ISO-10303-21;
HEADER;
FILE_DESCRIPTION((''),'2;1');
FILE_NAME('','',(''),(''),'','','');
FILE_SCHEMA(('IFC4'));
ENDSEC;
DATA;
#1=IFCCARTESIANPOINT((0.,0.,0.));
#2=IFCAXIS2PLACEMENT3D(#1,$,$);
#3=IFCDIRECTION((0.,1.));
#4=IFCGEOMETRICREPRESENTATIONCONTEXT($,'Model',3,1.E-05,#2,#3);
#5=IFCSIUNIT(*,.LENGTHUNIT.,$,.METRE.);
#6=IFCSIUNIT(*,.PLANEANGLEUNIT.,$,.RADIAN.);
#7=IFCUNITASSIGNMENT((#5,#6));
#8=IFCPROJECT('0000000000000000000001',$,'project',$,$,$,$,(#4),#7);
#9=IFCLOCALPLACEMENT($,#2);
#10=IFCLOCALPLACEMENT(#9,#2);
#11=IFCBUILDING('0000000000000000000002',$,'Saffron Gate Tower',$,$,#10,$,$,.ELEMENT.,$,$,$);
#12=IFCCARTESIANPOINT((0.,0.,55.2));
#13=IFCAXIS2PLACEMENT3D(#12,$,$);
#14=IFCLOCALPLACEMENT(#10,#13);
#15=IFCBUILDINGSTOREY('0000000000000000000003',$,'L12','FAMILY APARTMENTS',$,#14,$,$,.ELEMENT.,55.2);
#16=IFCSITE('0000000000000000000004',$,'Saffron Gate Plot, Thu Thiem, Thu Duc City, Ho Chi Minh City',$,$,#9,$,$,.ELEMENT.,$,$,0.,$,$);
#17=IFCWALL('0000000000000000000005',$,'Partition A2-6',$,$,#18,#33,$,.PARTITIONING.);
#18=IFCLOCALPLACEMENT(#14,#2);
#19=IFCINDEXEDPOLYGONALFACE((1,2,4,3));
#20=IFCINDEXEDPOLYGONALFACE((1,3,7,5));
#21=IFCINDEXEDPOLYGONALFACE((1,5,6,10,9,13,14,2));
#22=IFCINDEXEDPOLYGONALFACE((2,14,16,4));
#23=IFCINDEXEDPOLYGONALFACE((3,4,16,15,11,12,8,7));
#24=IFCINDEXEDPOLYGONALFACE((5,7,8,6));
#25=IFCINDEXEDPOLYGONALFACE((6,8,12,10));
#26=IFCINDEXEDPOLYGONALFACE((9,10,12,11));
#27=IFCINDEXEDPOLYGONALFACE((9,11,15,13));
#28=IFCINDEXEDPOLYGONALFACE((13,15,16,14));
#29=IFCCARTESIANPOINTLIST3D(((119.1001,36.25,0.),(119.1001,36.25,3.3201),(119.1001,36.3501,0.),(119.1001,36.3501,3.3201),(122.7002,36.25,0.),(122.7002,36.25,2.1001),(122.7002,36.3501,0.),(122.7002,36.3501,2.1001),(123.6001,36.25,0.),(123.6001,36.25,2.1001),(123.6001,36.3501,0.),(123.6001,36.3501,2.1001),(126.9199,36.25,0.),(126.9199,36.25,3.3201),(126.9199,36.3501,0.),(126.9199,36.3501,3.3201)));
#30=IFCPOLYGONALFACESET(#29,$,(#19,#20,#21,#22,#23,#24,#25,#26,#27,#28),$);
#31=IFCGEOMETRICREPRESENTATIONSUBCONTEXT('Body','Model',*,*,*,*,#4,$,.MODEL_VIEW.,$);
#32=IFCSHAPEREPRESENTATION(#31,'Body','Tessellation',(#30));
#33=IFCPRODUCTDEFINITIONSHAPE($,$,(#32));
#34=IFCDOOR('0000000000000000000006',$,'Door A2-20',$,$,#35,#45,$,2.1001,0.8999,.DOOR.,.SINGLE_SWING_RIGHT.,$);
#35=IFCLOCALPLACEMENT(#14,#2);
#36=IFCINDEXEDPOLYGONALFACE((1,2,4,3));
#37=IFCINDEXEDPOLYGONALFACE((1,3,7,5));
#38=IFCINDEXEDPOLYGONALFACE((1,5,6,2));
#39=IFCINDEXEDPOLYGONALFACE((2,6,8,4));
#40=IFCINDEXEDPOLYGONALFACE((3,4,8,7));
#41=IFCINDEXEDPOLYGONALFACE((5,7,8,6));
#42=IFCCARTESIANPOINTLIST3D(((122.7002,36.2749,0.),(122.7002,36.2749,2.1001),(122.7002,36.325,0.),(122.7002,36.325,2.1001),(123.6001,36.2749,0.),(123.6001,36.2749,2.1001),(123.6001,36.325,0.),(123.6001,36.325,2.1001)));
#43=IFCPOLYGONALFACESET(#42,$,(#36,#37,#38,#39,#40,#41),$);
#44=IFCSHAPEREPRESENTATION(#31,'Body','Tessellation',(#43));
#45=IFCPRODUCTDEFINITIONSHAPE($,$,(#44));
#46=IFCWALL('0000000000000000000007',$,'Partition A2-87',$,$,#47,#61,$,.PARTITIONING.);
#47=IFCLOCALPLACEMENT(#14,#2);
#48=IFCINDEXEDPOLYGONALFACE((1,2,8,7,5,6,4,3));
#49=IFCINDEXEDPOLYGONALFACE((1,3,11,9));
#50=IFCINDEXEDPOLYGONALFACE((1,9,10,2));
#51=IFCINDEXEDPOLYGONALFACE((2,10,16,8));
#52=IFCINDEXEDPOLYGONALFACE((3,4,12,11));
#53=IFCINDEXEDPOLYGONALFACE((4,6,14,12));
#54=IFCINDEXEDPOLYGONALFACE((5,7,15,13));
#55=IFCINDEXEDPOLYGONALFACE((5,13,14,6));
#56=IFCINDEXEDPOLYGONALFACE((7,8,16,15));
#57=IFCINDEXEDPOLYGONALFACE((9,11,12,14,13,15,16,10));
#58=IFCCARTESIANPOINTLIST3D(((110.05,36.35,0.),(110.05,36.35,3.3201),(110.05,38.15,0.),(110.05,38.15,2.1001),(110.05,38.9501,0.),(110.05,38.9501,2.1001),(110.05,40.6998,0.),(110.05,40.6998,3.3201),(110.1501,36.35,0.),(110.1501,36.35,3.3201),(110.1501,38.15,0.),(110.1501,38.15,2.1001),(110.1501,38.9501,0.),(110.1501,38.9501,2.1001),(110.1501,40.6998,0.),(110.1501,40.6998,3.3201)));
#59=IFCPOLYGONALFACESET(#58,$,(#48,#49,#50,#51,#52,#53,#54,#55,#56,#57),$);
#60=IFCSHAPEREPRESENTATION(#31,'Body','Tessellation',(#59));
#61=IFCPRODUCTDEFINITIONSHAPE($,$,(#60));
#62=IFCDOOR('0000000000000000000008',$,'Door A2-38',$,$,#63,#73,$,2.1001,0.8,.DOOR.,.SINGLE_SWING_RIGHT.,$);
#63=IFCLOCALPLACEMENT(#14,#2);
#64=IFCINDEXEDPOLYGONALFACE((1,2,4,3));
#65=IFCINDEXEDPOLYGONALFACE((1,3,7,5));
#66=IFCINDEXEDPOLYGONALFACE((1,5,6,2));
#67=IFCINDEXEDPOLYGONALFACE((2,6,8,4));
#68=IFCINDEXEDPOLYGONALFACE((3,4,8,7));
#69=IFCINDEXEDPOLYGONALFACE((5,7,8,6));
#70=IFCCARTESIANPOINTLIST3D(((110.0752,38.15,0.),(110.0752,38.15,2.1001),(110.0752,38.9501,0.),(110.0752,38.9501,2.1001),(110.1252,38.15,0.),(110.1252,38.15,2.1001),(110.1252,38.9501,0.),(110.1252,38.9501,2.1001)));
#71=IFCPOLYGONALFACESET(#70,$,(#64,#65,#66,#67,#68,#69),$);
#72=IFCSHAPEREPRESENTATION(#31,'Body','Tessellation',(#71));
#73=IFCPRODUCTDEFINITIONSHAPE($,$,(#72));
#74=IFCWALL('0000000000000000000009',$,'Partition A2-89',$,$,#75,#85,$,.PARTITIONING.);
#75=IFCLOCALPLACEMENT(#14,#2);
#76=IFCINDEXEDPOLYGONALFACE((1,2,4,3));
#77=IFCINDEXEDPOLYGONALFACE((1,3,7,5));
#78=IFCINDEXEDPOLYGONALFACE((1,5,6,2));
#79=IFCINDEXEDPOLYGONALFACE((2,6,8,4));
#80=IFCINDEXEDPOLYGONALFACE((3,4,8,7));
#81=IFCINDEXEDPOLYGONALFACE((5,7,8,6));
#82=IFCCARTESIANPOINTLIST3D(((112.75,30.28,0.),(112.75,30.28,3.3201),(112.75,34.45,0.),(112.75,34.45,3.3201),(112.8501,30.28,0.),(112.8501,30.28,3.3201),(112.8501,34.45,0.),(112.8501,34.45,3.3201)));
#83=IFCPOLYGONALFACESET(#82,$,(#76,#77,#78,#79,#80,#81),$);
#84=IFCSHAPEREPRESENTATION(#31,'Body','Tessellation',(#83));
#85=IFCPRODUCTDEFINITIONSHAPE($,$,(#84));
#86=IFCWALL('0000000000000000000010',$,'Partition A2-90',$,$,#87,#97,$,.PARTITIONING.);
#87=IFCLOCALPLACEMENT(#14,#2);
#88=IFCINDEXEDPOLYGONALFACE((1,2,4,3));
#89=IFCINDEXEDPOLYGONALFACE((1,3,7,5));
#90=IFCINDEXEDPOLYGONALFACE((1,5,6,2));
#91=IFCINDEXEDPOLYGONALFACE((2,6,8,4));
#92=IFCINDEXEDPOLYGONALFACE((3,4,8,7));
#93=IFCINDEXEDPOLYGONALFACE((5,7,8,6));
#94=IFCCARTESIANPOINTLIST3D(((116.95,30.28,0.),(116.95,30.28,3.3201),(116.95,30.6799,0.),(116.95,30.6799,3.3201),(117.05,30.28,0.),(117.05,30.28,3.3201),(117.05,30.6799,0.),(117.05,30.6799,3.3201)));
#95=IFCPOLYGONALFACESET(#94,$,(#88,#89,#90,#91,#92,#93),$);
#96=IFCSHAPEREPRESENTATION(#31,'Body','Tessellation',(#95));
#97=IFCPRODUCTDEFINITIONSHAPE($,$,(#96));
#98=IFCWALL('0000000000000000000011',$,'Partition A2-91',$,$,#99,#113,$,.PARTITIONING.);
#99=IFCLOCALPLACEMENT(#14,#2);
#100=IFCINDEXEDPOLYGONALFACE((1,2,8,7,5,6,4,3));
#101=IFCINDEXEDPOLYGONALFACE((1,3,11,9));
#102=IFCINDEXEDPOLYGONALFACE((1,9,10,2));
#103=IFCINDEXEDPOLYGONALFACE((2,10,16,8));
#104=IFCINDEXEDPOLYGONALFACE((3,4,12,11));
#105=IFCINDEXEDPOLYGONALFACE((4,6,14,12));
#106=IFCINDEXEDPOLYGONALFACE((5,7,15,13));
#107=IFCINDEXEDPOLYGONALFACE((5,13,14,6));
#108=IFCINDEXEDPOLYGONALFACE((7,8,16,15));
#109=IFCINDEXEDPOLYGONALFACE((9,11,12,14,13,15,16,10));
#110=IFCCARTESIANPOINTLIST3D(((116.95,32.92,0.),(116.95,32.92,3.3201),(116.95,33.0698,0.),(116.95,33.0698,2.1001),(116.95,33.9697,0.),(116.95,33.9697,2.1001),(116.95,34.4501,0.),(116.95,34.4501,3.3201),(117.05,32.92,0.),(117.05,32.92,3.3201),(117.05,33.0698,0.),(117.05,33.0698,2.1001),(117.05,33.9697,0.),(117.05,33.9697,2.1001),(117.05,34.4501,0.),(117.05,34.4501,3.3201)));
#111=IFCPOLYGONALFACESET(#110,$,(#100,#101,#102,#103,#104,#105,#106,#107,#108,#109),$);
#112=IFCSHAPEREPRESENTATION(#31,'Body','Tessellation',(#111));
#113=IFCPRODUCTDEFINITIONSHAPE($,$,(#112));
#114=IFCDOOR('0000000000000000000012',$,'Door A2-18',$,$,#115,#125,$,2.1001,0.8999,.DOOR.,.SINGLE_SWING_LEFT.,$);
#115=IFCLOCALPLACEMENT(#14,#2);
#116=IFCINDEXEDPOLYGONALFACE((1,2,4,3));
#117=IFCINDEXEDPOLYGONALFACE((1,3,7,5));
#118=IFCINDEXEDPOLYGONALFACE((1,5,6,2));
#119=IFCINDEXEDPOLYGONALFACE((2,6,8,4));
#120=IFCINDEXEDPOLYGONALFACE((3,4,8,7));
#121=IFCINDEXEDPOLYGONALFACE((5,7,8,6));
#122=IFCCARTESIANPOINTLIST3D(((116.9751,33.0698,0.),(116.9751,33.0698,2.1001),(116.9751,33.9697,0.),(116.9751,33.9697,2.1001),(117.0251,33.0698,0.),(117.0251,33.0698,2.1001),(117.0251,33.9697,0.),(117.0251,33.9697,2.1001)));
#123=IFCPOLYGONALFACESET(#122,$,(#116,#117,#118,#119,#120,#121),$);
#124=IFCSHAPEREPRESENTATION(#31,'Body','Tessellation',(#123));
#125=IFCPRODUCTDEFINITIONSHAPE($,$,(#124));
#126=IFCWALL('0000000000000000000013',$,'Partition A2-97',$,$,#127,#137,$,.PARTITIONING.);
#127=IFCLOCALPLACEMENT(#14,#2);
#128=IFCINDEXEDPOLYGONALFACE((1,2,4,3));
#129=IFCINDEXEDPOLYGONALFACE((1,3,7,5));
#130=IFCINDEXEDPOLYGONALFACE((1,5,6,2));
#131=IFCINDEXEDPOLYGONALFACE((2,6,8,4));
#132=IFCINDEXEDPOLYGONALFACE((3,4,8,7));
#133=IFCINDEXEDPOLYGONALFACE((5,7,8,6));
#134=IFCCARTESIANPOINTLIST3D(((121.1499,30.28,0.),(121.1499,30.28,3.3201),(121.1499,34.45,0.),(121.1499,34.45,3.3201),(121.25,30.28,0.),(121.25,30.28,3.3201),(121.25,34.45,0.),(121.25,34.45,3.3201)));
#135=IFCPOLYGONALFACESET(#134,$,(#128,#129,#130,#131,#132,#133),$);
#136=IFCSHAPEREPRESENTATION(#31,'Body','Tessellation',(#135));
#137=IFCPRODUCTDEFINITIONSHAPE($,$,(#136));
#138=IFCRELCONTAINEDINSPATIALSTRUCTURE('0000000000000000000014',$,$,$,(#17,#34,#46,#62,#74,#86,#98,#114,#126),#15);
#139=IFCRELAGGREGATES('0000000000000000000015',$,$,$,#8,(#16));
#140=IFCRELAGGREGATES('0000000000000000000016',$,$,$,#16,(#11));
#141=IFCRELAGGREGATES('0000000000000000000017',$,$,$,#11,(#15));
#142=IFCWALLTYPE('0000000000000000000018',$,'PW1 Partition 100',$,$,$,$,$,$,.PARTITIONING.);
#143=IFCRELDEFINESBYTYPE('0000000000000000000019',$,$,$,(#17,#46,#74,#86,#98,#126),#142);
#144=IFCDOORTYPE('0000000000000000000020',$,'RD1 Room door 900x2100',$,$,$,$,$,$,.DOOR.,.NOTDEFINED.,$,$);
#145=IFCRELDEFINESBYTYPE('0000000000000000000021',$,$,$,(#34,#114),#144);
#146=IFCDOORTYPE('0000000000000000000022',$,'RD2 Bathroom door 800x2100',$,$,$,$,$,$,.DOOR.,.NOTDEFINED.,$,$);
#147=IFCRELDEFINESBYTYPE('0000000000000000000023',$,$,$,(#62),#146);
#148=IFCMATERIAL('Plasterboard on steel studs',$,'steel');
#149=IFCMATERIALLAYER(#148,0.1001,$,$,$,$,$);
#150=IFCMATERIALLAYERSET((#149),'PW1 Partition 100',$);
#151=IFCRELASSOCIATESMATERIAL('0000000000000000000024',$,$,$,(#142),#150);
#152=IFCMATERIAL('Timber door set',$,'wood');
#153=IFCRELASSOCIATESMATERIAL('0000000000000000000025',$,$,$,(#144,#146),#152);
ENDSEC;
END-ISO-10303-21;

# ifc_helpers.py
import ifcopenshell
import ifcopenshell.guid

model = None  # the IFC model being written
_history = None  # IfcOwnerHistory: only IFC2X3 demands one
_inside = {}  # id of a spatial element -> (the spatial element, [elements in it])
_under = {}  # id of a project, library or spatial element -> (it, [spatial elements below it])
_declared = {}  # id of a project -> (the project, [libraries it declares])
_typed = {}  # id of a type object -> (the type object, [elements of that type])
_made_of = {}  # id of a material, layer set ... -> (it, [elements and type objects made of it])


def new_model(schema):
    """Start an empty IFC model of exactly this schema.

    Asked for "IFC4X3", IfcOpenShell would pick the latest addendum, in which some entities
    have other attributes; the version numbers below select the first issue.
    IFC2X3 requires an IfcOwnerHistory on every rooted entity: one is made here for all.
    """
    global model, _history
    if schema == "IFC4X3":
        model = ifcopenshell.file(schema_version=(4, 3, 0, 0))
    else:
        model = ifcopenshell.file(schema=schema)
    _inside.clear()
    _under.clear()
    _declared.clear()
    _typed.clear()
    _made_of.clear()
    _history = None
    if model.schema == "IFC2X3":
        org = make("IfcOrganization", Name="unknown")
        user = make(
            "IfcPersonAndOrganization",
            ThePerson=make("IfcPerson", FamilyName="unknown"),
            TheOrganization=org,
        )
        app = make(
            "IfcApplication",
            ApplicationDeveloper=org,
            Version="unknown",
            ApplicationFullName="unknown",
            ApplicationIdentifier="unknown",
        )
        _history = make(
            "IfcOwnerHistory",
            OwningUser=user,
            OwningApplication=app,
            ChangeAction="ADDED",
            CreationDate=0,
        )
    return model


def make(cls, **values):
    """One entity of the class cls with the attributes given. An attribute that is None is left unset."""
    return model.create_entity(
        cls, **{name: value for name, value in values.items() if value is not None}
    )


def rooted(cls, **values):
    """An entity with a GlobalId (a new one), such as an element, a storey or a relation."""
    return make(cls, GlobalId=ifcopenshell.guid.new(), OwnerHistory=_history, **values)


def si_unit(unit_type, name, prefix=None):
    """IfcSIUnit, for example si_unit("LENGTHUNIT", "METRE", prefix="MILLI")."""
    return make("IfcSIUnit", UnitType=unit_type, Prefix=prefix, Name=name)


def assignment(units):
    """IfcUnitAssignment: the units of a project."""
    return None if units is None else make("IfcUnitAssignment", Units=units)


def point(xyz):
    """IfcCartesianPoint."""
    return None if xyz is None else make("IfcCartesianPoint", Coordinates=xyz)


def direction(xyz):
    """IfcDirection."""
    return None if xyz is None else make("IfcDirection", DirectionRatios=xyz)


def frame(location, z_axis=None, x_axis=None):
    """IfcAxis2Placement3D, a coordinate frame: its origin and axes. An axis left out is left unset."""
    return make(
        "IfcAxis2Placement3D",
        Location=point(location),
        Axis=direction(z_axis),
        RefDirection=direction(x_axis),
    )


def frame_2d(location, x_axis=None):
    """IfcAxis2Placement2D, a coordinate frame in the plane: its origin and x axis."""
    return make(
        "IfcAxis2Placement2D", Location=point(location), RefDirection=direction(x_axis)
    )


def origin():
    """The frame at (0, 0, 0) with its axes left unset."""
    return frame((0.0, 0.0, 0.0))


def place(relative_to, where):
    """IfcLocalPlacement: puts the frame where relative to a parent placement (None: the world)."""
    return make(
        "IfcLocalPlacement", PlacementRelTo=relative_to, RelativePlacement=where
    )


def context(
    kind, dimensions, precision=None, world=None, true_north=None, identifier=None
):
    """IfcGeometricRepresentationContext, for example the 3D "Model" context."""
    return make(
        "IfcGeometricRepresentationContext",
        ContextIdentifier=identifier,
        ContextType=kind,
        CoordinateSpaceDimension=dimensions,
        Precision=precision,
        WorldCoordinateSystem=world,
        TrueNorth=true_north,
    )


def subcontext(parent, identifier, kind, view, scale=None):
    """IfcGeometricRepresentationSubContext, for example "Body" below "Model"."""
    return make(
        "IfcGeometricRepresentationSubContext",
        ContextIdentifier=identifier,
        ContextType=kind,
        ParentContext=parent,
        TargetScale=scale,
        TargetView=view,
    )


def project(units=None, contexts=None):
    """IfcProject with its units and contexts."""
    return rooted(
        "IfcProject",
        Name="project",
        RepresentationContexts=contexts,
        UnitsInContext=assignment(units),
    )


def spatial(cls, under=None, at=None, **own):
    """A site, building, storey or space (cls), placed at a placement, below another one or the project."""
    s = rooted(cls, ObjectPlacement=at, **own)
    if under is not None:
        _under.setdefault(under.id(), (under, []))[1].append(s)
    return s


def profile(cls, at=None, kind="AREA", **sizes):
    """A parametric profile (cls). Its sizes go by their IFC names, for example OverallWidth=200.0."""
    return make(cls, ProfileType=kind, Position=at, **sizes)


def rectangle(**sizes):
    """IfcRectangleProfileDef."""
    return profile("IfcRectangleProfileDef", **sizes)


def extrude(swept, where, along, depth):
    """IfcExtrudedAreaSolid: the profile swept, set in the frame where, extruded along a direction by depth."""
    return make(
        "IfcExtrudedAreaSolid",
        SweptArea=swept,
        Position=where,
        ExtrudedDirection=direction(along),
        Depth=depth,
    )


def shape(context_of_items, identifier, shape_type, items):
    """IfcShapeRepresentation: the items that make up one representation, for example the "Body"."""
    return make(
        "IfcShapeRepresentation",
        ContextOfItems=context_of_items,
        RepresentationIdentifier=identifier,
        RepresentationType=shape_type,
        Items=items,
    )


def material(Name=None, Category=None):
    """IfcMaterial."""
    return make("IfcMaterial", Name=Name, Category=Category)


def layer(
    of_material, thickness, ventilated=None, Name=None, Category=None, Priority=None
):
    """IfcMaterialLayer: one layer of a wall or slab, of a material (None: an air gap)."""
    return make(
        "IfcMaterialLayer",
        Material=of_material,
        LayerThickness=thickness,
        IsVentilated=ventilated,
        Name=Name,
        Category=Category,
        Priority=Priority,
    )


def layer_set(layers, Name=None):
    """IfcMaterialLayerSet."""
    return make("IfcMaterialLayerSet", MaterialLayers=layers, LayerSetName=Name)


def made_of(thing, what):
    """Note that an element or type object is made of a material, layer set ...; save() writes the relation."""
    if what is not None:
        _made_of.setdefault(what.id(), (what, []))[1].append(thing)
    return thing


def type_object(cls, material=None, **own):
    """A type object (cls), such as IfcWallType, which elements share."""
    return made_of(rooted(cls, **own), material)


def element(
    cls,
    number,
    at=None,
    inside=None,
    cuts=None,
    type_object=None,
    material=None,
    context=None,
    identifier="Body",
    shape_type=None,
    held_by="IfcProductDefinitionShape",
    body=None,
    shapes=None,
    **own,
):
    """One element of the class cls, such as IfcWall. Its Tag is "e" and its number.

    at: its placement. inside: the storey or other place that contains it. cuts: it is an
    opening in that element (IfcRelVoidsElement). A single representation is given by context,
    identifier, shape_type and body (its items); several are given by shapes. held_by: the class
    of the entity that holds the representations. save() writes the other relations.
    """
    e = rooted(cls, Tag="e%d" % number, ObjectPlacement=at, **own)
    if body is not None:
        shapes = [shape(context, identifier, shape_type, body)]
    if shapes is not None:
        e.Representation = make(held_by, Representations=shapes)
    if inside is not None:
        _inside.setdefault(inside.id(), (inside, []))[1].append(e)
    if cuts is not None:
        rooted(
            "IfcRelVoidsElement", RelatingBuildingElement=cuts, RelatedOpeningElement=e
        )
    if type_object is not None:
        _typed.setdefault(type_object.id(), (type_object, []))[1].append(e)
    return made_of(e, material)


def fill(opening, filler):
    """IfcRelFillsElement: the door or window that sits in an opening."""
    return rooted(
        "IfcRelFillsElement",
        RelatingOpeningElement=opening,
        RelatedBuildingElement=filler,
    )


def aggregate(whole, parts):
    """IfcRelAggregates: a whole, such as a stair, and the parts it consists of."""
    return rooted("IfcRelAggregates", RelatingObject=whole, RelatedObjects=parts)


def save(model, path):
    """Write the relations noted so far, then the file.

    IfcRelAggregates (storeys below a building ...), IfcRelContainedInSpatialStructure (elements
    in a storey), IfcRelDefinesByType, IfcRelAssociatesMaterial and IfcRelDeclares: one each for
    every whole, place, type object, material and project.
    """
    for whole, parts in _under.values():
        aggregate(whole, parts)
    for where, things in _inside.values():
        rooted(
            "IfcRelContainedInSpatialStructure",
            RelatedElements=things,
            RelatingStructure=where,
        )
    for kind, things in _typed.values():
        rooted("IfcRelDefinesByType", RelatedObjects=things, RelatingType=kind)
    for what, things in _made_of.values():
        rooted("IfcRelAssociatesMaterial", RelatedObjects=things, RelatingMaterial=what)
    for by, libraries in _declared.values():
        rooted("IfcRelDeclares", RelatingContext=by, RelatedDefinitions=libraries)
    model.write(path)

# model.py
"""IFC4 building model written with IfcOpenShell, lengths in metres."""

from ifc_helpers import new_model, si_unit, direction, frame, frame_2d, origin, place, context, subcontext, project, spatial, rectangle, extrude, material, layer, layer_set, type_object, element, fill, save


model = new_model("IFC4")

# Units and contexts
model_context = context("Model", 3, precision=1e-05, world=origin(), true_north=direction((0.0, 1.0)))
body_context = subcontext(model_context, "Body", "Model", "MODEL_VIEW")
ifc_project = project(units=[si_unit("LENGTHUNIT", "METRE"), si_unit("PLANEANGLEUNIT", "RADIAN")], contexts=[model_context])

# Site, building, storey
site_placement = place(None, origin())
site = spatial("IfcSite", under=ifc_project, at=site_placement, Name="Saffron Gate Plot, Thu Thiem, Thu Duc City, Ho Chi Minh City", CompositionType="ELEMENT", RefElevation=0.0)
building_placement = place(site_placement, origin())
building = spatial("IfcBuilding", under=site, at=building_placement, Name="Saffron Gate Tower", CompositionType="ELEMENT")
storey_placement = place(building_placement, frame((0.0, 0.0, 55.2)))
storey = spatial("IfcBuildingStorey", under=building, at=storey_placement, Name="L12", Description="FAMILY APARTMENTS", CompositionType="ELEMENT", Elevation=55.2)

# Shared definitions
ifc_material_1 = material(Name="Plasterboard on steel studs", Category="steel")
ifc_layer = layer(ifc_material_1, 0.1001)
ifc_layer_set = layer_set([ifc_layer], Name="PW1 Partition 100")
wall_type = type_object("IfcWallType", Name="PW1 Partition 100", PredefinedType="PARTITIONING", material=ifc_layer_set)
ifc_material_2 = material(Name="Timber door set", Category="wood")
door_type_1 = type_object("IfcDoorType", Name="RD1 Room door 900x2100", OperationType="NOTDEFINED", PredefinedType="DOOR", material=ifc_material_2)

# Walls, openings, doors
wall_1_placement = place(storey_placement, frame((119.1001, 36.3, 0.0), z_axis=(0.0, 0.0, 1.0), x_axis=(1.0, 0.0, 0.0)))
wall_1 = element("IfcWall", 1, at=wall_1_placement, inside=storey, type_object=wall_type, Name="Partition A2-6", PredefinedType="PARTITIONING", context=body_context, shape_type="SweptSolid", body=[
    extrude(rectangle(XDim=7.8198, YDim=0.1001, at=frame_2d((3.9099, 0.0))), origin(), (0.0, 0.0, 1.0), 3.3201),
])
opening_1_placement = place(wall_1_placement, frame((3.6001, 0.0, 0.0)))
opening_1 = element("IfcOpeningElement", 2, at=opening_1_placement, cuts=wall_1, PredefinedType="OPENING", context=body_context, shape_type="SweptSolid", body=[
    extrude(rectangle(XDim=0.8999, YDim=2.1001, at=frame_2d((0.45, 1.05))), frame((0.0, 0.0601, 0.0), z_axis=(0.0, -1.0, 0.0), x_axis=(1.0, 0.0, 0.0)), (0.0, 0.0, 1.0), 0.1201),
])
door_1_placement = place(opening_1_placement, origin())
door_1 = element("IfcDoor", 3, at=door_1_placement, inside=storey, type_object=door_type_1, Name="Door A2-20", OperationType="SINGLE_SWING_RIGHT", OverallHeight=2.1001, OverallWidth=0.8999, PredefinedType="DOOR", context=body_context, shape_type="SweptSolid", body=[
    extrude(rectangle(XDim=0.8999, YDim=2.1001, at=frame_2d((0.45, 1.05))), frame((0.0, 0.0249, 0.0), z_axis=(0.0, -1.0, 0.0), x_axis=(1.0, 0.0, 0.0)), (0.0, 0.0, 1.0), 0.05),
])
fill(opening_1, door_1)
wall_2_placement = place(storey_placement, frame((110.1001, 36.3501, 0.0), z_axis=(0.0, 0.0, 1.0), x_axis=(0.0, 1.0, 0.0)))
wall_2 = element("IfcWall", 4, at=wall_2_placement, inside=storey, type_object=wall_type, Name="Partition A2-87", PredefinedType="PARTITIONING", context=body_context, shape_type="SweptSolid", body=[
    extrude(rectangle(XDim=4.3499, YDim=0.1001, at=frame_2d((2.1748, 0.0))), origin(), (0.0, 0.0, 1.0), 3.3201),
])
opening_2_placement = place(wall_2_placement, frame((1.8, 0.0, 0.0)))
opening_2 = element("IfcOpeningElement", 5, at=opening_2_placement, cuts=wall_2, PredefinedType="OPENING", context=body_context, shape_type="SweptSolid", body=[
    extrude(rectangle(XDim=0.8, YDim=2.1001, at=frame_2d((0.3999, 1.05))), frame((0.0, 0.0601, 0.0), z_axis=(0.0, -1.0, 0.0), x_axis=(1.0, 0.0, 0.0)), (0.0, 0.0, 1.0), 0.1201),
])
door_type_2 = type_object("IfcDoorType", Name="RD2 Bathroom door 800x2100", OperationType="NOTDEFINED", PredefinedType="DOOR", material=ifc_material_2)
door_2_placement = place(opening_2_placement, origin())
door_2 = element("IfcDoor", 6, at=door_2_placement, inside=storey, type_object=door_type_2, Name="Door A2-38", OperationType="SINGLE_SWING_RIGHT", OverallHeight=2.1001, OverallWidth=0.8, PredefinedType="DOOR", context=body_context, shape_type="SweptSolid", body=[
    extrude(rectangle(XDim=0.8, YDim=2.1001, at=frame_2d((0.3999, 1.05))), frame((0.0, 0.0249, 0.0), z_axis=(0.0, -1.0, 0.0), x_axis=(1.0, 0.0, 0.0)), (0.0, 0.0, 1.0), 0.05),
])
fill(opening_2, door_2)

# Walls
wall_3_placement = place(storey_placement, frame((112.8, 34.45, 0.0), z_axis=(0.0, 0.0, 1.0), x_axis=(0.0, -1.0, 0.0)))
element("IfcWall", 7, at=wall_3_placement, inside=storey, type_object=wall_type, Name="Partition A2-89", PredefinedType="PARTITIONING", context=body_context, shape_type="SweptSolid", body=[
    extrude(rectangle(XDim=4.1699, YDim=0.1001, at=frame_2d((2.085, 0.0))), origin(), (0.0, 0.0, 1.0), 3.3201),
])
wall_4_placement = place(storey_placement, frame((117.0, 30.6799, 0.0), z_axis=(0.0, 0.0, 1.0), x_axis=(0.0, -1.0, 0.0)))
element("IfcWall", 8, at=wall_4_placement, inside=storey, type_object=wall_type, Name="Partition A2-90", PredefinedType="PARTITIONING", context=body_context, shape_type="SweptSolid", body=[
    extrude(rectangle(XDim=0.3999, YDim=0.1001, at=frame_2d((0.2, 0.0))), origin(), (0.0, 0.0, 1.0), 3.3201),
])

# Wall, opening, door
wall_5_placement = place(storey_placement, frame((117.0, 32.9199, 0.0), z_axis=(0.0, 0.0, 1.0), x_axis=(0.0, 1.0, 0.0)))
wall_5 = element("IfcWall", 9, at=wall_5_placement, inside=storey, type_object=wall_type, Name="Partition A2-91", PredefinedType="PARTITIONING", context=body_context, shape_type="SweptSolid", body=[
    extrude(rectangle(XDim=1.53, YDim=0.1001, at=frame_2d((0.7651, 0.0))), origin(), (0.0, 0.0, 1.0), 3.3201),
])
opening_3_placement = place(wall_5_placement, frame((0.1499, 0.0, 0.0)))
opening_3 = element("IfcOpeningElement", 10, at=opening_3_placement, cuts=wall_5, PredefinedType="OPENING", context=body_context, shape_type="SweptSolid", body=[
    extrude(rectangle(XDim=0.8999, YDim=2.1001, at=frame_2d((0.45, 1.05))), frame((0.0, 0.0601, 0.0), z_axis=(0.0, -1.0, 0.0), x_axis=(1.0, 0.0, 0.0)), (0.0, 0.0, 1.0), 0.1201),
])
door_3_placement = place(opening_3_placement, origin())
door_3 = element("IfcDoor", 11, at=door_3_placement, inside=storey, type_object=door_type_1, Name="Door A2-18", OperationType="SINGLE_SWING_LEFT", OverallHeight=2.1001, OverallWidth=0.8999, PredefinedType="DOOR", context=body_context, shape_type="SweptSolid", body=[
    extrude(rectangle(XDim=0.8999, YDim=2.1001, at=frame_2d((0.45, 1.05))), frame((0.0, 0.0249, 0.0), z_axis=(0.0, -1.0, 0.0), x_axis=(1.0, 0.0, 0.0)), (0.0, 0.0, 1.0), 0.05),
])
fill(opening_3, door_3)

# Wall
wall_6_placement = place(storey_placement, frame((121.2, 34.45, 0.0), z_axis=(0.0, 0.0, 1.0), x_axis=(0.0, -1.0, 0.0)))
element("IfcWall", 12, at=wall_6_placement, inside=storey, type_object=wall_type, Name="Partition A2-97", PredefinedType="PARTITIONING", context=body_context, shape_type="SweptSolid", body=[
    extrude(rectangle(XDim=4.1699, YDim=0.1001, at=frame_2d((2.085, 0.0))), origin(), (0.0, 0.0, 1.0), 3.3201),
])

save(model, "model.ifc")
